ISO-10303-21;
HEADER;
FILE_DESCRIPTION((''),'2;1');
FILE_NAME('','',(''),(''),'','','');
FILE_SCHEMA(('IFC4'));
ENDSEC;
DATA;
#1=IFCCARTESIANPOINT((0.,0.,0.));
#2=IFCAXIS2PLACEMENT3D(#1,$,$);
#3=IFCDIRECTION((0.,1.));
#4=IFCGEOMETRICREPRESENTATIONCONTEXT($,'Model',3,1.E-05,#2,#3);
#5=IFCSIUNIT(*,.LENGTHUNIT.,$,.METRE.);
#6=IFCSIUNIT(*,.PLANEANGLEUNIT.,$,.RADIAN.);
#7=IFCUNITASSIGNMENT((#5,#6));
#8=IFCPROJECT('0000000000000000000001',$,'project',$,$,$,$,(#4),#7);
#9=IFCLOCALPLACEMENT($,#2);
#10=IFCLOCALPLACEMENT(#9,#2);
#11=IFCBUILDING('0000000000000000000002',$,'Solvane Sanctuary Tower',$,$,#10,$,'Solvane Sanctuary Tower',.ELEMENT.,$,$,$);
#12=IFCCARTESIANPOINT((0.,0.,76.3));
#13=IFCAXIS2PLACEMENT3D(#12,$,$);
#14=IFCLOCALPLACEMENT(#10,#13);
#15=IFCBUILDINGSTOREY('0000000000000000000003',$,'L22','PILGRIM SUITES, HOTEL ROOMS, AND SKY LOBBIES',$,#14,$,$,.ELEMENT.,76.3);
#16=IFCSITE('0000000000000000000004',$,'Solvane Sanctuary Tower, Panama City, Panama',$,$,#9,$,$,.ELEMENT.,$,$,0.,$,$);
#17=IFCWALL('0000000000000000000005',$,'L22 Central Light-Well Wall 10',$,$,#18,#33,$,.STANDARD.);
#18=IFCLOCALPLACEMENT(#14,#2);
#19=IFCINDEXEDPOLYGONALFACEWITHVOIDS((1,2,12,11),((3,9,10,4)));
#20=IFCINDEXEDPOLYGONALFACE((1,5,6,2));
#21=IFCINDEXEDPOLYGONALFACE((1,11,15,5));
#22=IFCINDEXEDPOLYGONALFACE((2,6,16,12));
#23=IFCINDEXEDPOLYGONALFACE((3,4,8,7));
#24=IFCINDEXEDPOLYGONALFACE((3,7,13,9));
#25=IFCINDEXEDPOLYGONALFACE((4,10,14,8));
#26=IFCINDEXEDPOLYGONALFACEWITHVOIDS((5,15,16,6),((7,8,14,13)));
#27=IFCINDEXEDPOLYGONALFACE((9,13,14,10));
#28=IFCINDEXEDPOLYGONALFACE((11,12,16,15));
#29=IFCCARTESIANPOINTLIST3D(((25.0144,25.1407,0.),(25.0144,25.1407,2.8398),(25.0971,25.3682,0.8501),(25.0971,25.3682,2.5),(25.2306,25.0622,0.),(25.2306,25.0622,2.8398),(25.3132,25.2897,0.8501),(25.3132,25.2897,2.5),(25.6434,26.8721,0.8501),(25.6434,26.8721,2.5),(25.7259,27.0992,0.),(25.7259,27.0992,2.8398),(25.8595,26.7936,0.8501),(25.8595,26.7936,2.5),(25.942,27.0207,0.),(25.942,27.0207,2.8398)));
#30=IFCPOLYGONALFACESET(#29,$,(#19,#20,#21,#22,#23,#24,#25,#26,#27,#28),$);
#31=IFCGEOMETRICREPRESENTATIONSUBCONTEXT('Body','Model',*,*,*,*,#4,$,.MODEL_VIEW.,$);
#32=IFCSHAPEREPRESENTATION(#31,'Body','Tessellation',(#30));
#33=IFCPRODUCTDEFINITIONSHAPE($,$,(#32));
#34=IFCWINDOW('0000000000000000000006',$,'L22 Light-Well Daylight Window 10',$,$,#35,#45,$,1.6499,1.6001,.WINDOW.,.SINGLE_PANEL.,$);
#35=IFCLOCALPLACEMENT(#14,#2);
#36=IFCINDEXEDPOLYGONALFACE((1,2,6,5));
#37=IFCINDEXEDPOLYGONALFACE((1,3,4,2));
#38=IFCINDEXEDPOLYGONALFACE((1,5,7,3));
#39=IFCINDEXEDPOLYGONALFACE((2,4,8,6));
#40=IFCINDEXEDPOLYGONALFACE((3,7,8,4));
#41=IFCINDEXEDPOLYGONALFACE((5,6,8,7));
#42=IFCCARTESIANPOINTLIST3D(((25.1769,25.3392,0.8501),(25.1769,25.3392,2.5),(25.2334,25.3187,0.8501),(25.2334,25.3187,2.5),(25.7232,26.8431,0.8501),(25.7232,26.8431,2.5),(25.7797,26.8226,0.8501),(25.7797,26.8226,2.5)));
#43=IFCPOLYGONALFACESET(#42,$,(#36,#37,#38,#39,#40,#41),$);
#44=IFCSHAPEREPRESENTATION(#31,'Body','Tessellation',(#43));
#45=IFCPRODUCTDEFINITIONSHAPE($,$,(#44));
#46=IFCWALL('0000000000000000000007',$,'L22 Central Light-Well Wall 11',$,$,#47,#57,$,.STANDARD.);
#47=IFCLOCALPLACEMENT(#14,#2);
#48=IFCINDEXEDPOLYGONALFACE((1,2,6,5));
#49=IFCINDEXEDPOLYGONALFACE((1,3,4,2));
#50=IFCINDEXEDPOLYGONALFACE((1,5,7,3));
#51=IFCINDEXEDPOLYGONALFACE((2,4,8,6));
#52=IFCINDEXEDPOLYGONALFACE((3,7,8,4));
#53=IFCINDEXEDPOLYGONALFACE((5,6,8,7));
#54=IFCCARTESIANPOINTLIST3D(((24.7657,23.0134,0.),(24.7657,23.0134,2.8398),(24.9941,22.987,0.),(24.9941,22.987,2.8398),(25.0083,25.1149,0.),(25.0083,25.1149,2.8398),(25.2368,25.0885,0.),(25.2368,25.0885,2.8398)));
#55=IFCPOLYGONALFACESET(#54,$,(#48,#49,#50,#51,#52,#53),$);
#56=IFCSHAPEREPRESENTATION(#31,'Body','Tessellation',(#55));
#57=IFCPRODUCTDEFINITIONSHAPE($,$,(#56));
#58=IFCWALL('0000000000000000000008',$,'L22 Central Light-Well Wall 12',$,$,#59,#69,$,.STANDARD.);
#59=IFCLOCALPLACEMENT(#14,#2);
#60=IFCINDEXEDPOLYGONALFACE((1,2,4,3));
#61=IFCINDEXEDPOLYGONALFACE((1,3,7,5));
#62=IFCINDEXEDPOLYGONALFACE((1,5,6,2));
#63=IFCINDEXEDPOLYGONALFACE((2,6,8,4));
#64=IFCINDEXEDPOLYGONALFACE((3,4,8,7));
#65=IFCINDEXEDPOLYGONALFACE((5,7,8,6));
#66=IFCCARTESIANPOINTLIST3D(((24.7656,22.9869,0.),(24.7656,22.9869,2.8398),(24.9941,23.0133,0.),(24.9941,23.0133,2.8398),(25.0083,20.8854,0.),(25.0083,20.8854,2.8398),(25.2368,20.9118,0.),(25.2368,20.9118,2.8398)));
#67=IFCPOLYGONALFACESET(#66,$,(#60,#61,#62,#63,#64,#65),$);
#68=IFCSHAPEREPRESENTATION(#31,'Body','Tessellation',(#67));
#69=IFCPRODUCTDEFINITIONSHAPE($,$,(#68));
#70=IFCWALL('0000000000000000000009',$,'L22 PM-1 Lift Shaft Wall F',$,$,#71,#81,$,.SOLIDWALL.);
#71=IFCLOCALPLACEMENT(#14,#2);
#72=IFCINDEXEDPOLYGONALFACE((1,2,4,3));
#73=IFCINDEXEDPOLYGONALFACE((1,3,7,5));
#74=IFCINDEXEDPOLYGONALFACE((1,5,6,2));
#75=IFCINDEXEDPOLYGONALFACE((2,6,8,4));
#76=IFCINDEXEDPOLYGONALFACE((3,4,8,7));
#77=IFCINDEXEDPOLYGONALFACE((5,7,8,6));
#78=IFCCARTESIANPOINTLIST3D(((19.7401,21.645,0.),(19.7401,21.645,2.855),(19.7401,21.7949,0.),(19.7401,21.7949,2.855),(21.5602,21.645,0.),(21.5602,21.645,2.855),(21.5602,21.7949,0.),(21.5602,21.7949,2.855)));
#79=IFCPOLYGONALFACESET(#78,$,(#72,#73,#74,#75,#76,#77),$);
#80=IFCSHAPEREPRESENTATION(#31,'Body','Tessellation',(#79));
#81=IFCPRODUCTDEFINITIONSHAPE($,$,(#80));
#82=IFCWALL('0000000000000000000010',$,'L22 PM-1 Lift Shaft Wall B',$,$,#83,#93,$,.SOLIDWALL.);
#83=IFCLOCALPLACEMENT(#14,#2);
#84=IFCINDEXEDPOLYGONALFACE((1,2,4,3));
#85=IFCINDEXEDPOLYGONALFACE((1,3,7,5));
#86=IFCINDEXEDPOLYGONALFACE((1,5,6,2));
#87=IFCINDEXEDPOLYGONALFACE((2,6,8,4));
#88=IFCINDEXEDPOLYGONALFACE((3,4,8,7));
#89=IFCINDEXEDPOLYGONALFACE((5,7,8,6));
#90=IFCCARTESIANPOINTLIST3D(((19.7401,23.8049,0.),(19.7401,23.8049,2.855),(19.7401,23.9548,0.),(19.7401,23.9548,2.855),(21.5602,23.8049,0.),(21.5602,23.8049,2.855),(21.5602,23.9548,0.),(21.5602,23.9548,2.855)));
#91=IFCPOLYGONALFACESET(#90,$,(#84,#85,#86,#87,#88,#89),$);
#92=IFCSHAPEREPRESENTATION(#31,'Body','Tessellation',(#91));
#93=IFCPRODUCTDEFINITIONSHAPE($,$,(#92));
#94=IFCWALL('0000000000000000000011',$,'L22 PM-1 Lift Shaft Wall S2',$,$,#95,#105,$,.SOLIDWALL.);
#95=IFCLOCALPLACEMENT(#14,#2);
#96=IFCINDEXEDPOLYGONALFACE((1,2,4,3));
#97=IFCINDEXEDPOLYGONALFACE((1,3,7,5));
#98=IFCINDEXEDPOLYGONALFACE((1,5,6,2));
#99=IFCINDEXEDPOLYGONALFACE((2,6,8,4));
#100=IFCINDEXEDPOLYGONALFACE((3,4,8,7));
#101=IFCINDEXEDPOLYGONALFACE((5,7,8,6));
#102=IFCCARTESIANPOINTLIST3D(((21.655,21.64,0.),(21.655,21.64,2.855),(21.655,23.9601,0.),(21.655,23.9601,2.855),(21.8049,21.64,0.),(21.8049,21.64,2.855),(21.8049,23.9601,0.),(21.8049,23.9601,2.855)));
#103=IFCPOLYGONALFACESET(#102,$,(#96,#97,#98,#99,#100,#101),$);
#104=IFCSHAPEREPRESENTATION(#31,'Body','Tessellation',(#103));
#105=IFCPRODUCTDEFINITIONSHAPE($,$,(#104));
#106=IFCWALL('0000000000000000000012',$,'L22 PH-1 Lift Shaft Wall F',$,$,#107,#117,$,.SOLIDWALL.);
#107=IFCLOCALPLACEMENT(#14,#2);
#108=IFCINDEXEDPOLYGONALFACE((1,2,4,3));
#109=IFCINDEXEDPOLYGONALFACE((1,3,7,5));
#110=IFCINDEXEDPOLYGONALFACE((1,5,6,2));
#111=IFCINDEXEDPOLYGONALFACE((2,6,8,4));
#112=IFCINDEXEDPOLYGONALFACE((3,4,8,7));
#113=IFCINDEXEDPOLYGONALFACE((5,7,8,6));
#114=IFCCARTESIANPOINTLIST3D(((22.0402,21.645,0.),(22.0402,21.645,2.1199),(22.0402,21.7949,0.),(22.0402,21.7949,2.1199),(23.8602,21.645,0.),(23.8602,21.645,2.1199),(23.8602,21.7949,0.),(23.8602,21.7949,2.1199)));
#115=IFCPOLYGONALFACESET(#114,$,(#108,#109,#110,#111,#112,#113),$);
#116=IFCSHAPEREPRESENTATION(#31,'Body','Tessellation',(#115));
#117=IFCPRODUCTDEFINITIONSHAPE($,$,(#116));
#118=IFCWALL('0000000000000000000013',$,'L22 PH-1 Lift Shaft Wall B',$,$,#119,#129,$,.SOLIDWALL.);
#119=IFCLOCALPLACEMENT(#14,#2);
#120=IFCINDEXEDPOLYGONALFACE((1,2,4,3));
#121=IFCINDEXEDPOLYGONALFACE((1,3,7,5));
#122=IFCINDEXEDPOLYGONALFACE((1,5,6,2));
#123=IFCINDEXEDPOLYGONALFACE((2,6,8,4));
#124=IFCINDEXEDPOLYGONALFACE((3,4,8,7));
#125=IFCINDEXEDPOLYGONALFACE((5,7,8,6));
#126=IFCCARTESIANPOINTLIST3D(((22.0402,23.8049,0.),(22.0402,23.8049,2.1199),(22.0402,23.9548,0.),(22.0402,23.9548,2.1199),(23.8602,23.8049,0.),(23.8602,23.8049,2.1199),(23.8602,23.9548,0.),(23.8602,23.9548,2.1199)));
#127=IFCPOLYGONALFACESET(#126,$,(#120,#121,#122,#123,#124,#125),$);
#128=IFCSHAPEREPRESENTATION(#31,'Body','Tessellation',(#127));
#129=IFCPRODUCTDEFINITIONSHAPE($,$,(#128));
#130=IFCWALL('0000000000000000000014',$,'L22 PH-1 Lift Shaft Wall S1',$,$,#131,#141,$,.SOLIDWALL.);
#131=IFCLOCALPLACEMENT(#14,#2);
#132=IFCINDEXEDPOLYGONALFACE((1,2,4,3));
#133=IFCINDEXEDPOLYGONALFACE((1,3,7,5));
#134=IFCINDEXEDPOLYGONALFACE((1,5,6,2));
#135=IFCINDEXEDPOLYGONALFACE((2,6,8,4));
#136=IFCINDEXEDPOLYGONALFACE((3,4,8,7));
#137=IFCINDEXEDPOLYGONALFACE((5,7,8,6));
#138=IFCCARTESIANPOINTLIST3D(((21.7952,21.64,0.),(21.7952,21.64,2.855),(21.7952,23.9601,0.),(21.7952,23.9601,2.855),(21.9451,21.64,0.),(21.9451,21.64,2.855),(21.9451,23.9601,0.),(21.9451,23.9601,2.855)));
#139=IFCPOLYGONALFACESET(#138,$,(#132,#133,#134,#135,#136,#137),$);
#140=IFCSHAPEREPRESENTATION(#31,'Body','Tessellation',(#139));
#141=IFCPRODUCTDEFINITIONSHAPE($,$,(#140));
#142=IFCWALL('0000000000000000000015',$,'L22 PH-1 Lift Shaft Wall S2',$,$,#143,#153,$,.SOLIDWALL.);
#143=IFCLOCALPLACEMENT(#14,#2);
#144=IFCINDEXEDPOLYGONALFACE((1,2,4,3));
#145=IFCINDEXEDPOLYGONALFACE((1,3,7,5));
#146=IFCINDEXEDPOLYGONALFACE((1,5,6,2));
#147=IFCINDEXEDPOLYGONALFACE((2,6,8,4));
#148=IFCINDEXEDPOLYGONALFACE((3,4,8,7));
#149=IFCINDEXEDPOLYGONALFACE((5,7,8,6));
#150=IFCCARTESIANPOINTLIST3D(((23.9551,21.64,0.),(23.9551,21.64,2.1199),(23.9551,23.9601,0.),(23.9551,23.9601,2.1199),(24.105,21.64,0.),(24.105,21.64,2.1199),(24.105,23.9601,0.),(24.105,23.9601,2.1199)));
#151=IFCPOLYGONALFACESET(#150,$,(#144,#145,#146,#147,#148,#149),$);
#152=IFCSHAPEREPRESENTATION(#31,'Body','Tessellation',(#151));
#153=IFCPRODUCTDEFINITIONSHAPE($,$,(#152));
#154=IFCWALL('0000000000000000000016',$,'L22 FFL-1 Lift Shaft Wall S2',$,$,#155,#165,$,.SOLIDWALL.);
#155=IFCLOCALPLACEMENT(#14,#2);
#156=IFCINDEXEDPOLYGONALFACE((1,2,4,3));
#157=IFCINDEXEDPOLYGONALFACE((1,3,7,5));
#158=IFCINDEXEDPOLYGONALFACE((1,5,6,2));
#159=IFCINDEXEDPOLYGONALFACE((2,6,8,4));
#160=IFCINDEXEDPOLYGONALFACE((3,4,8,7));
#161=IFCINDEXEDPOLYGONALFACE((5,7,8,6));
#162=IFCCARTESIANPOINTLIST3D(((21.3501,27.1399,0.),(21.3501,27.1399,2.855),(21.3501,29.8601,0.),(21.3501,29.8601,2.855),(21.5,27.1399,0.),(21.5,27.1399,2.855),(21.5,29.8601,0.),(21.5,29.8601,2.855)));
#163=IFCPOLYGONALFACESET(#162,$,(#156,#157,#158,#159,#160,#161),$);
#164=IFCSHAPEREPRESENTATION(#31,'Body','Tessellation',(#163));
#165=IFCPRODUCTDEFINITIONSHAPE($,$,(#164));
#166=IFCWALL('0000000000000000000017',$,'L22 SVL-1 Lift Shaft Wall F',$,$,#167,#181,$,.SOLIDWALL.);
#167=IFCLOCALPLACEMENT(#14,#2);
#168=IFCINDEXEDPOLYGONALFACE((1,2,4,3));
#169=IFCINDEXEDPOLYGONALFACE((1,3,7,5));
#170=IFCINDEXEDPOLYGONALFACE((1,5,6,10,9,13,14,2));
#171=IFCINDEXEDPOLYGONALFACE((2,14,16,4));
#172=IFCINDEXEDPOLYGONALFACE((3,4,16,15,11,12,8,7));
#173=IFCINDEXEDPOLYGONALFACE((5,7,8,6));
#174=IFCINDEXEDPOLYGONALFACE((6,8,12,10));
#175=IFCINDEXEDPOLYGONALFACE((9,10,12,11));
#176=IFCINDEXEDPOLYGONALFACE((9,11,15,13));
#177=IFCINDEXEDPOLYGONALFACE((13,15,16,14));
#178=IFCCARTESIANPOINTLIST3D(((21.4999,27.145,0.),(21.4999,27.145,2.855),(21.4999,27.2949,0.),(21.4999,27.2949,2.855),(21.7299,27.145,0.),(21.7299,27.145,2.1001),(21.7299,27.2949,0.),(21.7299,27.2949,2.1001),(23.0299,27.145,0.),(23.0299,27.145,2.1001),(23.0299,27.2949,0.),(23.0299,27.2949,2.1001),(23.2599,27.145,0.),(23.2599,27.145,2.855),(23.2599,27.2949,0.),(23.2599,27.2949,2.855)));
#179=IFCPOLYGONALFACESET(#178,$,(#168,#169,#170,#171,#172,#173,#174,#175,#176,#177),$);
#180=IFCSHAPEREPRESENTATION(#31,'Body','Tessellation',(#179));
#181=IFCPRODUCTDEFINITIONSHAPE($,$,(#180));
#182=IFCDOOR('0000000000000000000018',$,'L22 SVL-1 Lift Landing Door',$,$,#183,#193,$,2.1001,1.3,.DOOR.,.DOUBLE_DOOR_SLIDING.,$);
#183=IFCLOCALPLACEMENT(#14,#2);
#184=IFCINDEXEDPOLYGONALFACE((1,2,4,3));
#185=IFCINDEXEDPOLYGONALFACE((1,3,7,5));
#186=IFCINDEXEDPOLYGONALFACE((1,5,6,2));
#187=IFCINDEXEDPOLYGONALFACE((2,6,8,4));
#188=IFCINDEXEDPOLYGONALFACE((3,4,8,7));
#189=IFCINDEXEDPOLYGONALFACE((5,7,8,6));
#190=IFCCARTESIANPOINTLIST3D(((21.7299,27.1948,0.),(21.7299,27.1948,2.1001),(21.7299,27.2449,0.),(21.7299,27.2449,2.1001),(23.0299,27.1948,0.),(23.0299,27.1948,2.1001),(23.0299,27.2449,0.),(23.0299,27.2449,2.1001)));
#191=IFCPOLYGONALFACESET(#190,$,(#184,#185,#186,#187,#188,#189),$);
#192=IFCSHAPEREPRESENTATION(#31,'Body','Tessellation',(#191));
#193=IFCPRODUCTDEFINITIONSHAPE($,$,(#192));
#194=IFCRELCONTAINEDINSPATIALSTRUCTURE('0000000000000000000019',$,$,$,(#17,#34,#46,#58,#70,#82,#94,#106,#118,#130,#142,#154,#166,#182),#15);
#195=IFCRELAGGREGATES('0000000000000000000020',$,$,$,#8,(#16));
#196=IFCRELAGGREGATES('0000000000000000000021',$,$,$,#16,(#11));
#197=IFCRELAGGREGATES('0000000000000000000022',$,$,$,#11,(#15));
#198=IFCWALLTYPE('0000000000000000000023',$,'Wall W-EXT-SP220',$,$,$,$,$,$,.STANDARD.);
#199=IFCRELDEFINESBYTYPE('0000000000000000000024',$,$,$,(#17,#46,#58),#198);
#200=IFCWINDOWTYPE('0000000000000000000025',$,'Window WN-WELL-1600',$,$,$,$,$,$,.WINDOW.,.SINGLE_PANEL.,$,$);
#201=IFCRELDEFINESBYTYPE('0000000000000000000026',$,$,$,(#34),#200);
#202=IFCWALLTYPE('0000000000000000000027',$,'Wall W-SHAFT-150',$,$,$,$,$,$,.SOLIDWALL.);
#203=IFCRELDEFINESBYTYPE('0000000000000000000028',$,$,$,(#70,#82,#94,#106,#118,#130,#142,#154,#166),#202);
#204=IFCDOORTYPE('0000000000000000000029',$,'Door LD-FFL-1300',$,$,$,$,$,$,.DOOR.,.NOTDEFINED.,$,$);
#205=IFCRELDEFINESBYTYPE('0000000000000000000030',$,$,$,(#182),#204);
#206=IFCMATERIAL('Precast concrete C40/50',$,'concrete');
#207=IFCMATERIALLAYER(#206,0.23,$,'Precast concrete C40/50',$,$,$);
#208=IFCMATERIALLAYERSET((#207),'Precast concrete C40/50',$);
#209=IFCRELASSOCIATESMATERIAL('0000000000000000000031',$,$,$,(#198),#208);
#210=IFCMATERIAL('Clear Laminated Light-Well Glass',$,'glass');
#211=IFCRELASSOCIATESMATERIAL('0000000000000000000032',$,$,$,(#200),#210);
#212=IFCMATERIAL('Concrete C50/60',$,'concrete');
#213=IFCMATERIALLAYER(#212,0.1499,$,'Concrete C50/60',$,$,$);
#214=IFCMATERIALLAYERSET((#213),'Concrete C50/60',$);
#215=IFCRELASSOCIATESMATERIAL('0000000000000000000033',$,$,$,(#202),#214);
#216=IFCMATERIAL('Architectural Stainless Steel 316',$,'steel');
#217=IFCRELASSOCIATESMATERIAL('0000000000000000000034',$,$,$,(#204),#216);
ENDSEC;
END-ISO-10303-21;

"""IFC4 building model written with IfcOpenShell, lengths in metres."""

from ifc_helpers import new_model, si_unit, direction, frame, frame_2d, origin, place, context, subcontext, project, spatial, rectangle, extrude, material, layer, layer_set, type_object, element, fill, save


model = new_model("IFC4")

# Units and contexts
model_context = context("Model", 3, precision=1e-05, world=origin(), true_north=direction((0.0, 1.0)))
body_context = subcontext(model_context, "Body", "Model", "MODEL_VIEW")
ifc_project = project(units=[si_unit("LENGTHUNIT", "METRE"), si_unit("PLANEANGLEUNIT", "RADIAN")], contexts=[model_context])

# Site, building, storey
site_placement = place(None, origin())
site = spatial("IfcSite", under=ifc_project, at=site_placement, Name="Solvane Sanctuary Tower, Panama City, Panama", CompositionType="ELEMENT", RefElevation=0.0)
building_placement = place(site_placement, origin())
building = spatial("IfcBuilding", under=site, at=building_placement, Name="Solvane Sanctuary Tower", LongName="Solvane Sanctuary Tower", CompositionType="ELEMENT")
storey_placement = place(building_placement, frame((0.0, 0.0, 76.3)))
storey = spatial("IfcBuildingStorey", under=building, at=storey_placement, Name="L22", Description="PILGRIM SUITES, HOTEL ROOMS, AND SKY LOBBIES", CompositionType="ELEMENT", Elevation=76.3)

# Shared definitions
ifc_material_1 = material(Name="Architectural Stainless Steel 316", Category="steel")

# Shared definitions
ifc_material_2 = material(Name="Precast concrete C40/50", Category="concrete")
ifc_layer_1 = layer(ifc_material_2, 0.23, Name="Precast concrete C40/50")
ifc_layer_set_1 = layer_set([ifc_layer_1], Name="Precast concrete C40/50")
wall_type_1 = type_object("IfcWallType", Name="Wall W-EXT-SP220", PredefinedType="STANDARD", material=ifc_layer_set_1)

# Wall, opening, window
wall_1_placement = place(storey_placement, frame((25.834, 27.0601, 0.0), z_axis=(0.0, 0.0, 1.0), x_axis=(-0.341423, -0.93991, 0.0)))
wall_1 = element("IfcWall", 1, at=wall_1_placement, inside=storey, type_object=wall_type_1, Name="L22 Central Light-Well Wall 10", PredefinedType="STANDARD", context=body_context, shape_type="SweptSolid", body=[
    extrude(rectangle(XDim=2.0837, YDim=0.23, at=frame_2d((1.042, 0.0))), origin(), (0.0, 0.0, 1.0), 2.8398),
])
opening_1_placement = place(wall_1_placement, frame((0.2417, 0.0, 0.8501)))
opening_1 = element("IfcOpeningElement", 2, at=opening_1_placement, cuts=wall_1, PredefinedType="OPENING", context=body_context, shape_type="SweptSolid", body=[
    extrude(rectangle(XDim=1.6001, YDim=1.6499, at=frame_2d((0.8, 0.825))), frame((0.0, 0.125, 0.0), z_axis=(0.0, -1.0, 0.0), x_axis=(1.0, 0.0, 0.0)), (0.0, 0.0, 1.0), 0.25),
])
ifc_material_3 = material(Name="Clear Laminated Light-Well Glass", Category="glass")
window_type = type_object("IfcWindowType", Name="Window WN-WELL-1600", PartitioningType="SINGLE_PANEL", PredefinedType="WINDOW", material=ifc_material_3)
window_placement = place(opening_1_placement, origin())
window = element("IfcWindow", 3, at=window_placement, inside=storey, type_object=window_type, Name="L22 Light-Well Daylight Window 10", OverallHeight=1.6499, OverallWidth=1.6001, PartitioningType="SINGLE_PANEL", PredefinedType="WINDOW", context=body_context, shape_type="SweptSolid", body=[
    extrude(rectangle(XDim=1.6001, YDim=1.6499, at=frame_2d((0.8, 0.825))), frame((0.0, 0.03, 0.0), z_axis=(0.0, -1.0, 0.0), x_axis=(1.0, 0.0, 0.0)), (0.0, 0.0, 1.0), 0.0601),
])
fill(opening_1, window)

# Walls
for number, where, z_axis, x_axis, name in (
    (4, (25.1226, 25.1016, 0.0), (0.0, 0.0, 1.0), (-0.114712, -0.993399, 0.0), "L22 Central Light-Well Wall 11"),
    (5, (24.8799, 23.0, 0.0), (0.0, 0.0, 1.0), (0.114712, -0.993399, 0.0), "L22 Central Light-Well Wall 12"),
):
    element("IfcWall", number, at=place(storey_placement, frame(where, z_axis=z_axis, x_axis=x_axis)), inside=storey, type_object=wall_type_1, Name=name, PredefinedType="STANDARD", context=body_context, shape_type="SweptSolid", body=[
        extrude(rectangle(XDim=2.1155, YDim=0.23, at=frame_2d((1.0576, 0.0))), origin(), (0.0, 0.0, 1.0), 2.8398),
    ])
ifc_material_4 = material(Name="Concrete C50/60", Category="concrete")
ifc_layer_2 = layer(ifc_material_4, 0.1499, Name="Concrete C50/60")
ifc_layer_set_2 = layer_set([ifc_layer_2], Name="Concrete C50/60")
wall_type_2 = type_object("IfcWallType", Name="Wall W-SHAFT-150", PredefinedType="SOLIDWALL", material=ifc_layer_set_2)
for number, where, z_axis, x_axis, name in (
    (6, (19.74, 21.72, 0.0), (0.0, 0.0, 1.0), (1.0, 0.0, 0.0), "L22 PM-1 Lift Shaft Wall F"),
    (7, (19.74, 23.8799, 0.0), (0.0, 0.0, 1.0), (1.0, 0.0, 0.0), "L22 PM-1 Lift Shaft Wall B"),
):
    element("IfcWall", number, at=place(storey_placement, frame(where, z_axis=z_axis, x_axis=x_axis)), inside=storey, type_object=wall_type_2, Name=name, PredefinedType="SOLIDWALL", context=body_context, shape_type="SweptSolid", body=[
        extrude(rectangle(XDim=1.8201, YDim=0.1499, at=frame_2d((0.9102, 0.0))), origin(), (0.0, 0.0, 1.0), 2.855),
    ])
wall_2_placement = place(storey_placement, frame((21.73, 21.6399, 0.0), z_axis=(0.0, 0.0, 1.0), x_axis=(0.0, 1.0, 0.0)))
element("IfcWall", 8, at=wall_2_placement, inside=storey, type_object=wall_type_2, Name="L22 PM-1 Lift Shaft Wall S2", PredefinedType="SOLIDWALL", context=body_context, shape_type="SweptSolid", body=[
    extrude(rectangle(XDim=2.3201, YDim=0.1499, at=frame_2d((1.1602, 0.0))), origin(), (0.0, 0.0, 1.0), 2.855),
])
for number, where, z_axis, x_axis, name in (
    (9, (22.04, 21.72, 0.0), (0.0, 0.0, 1.0), (1.0, 0.0, 0.0), "L22 PH-1 Lift Shaft Wall F"),
    (10, (22.04, 23.8799, 0.0), (0.0, 0.0, 1.0), (1.0, 0.0, 0.0), "L22 PH-1 Lift Shaft Wall B"),
):
    element("IfcWall", number, at=place(storey_placement, frame(where, z_axis=z_axis, x_axis=x_axis)), inside=storey, type_object=wall_type_2, Name=name, PredefinedType="SOLIDWALL", context=body_context, shape_type="SweptSolid", body=[
        extrude(rectangle(XDim=1.8201, YDim=0.1499, at=frame_2d((0.9102, 0.0))), origin(), (0.0, 0.0, 1.0), 2.1199),
    ])
wall_3_placement = place(storey_placement, frame((21.8701, 21.6399, 0.0), z_axis=(0.0, 0.0, 1.0), x_axis=(0.0, 1.0, 0.0)))
element("IfcWall", 11, at=wall_3_placement, inside=storey, type_object=wall_type_2, Name="L22 PH-1 Lift Shaft Wall S1", PredefinedType="SOLIDWALL", context=body_context, shape_type="SweptSolid", body=[
    extrude(rectangle(XDim=2.3201, YDim=0.1499, at=frame_2d((1.1602, 0.0))), origin(), (0.0, 0.0, 1.0), 2.855),
])
wall_4_placement = place(storey_placement, frame((24.03, 21.6399, 0.0), z_axis=(0.0, 0.0, 1.0), x_axis=(0.0, 1.0, 0.0)))
element("IfcWall", 12, at=wall_4_placement, inside=storey, type_object=wall_type_2, Name="L22 PH-1 Lift Shaft Wall S2", PredefinedType="SOLIDWALL", context=body_context, shape_type="SweptSolid", body=[
    extrude(rectangle(XDim=2.3201, YDim=0.1499, at=frame_2d((1.1602, 0.0))), origin(), (0.0, 0.0, 1.0), 2.1199),
])
wall_5_placement = place(storey_placement, frame((21.425, 27.1399, 0.0), z_axis=(0.0, 0.0, 1.0), x_axis=(0.0, 1.0, 0.0)))
element("IfcWall", 13, at=wall_5_placement, inside=storey, type_object=wall_type_2, Name="L22 FFL-1 Lift Shaft Wall S2", PredefinedType="SOLIDWALL", context=body_context, shape_type="SweptSolid", body=[
    extrude(rectangle(XDim=2.7202, YDim=0.1499, at=frame_2d((1.3601, 0.0))), origin(), (0.0, 0.0, 1.0), 2.855),
])

# Wall, opening, door
wall_6_placement = place(storey_placement, frame((21.5, 27.22, 0.0), z_axis=(0.0, 0.0, 1.0), x_axis=(1.0, 0.0, 0.0)))
wall_6 = element("IfcWall", 14, at=wall_6_placement, inside=storey, type_object=wall_type_2, Name="L22 SVL-1 Lift Shaft Wall F", PredefinedType="SOLIDWALL", context=body_context, shape_type="SweptSolid", body=[
    extrude(rectangle(XDim=1.76, YDim=0.1499, at=frame_2d((0.8799, 0.0))), origin(), (0.0, 0.0, 1.0), 2.855),
])
opening_2_placement = place(wall_6_placement, frame((0.23, 0.0, 0.0)))
opening_2 = element("IfcOpeningElement", 15, at=opening_2_placement, cuts=wall_6, PredefinedType="OPENING", context=body_context, shape_type="SweptSolid", body=[
    extrude(rectangle(XDim=1.3, YDim=2.1001, at=frame_2d((0.6499, 1.05))), frame((0.0, 0.085, 0.0), z_axis=(0.0, -1.0, 0.0), x_axis=(1.0, 0.0, 0.0)), (0.0, 0.0, 1.0), 0.1699),
])
door_type_1 = type_object("IfcDoorType", Name="Door LD-FFL-1300", OperationType="NOTDEFINED", PredefinedType="DOOR", material=ifc_material_1)
door_1_placement = place(opening_2_placement, origin())
door_1 = element("IfcDoor", 16, at=door_1_placement, inside=storey, type_object=door_type_1, Name="L22 SVL-1 Lift Landing Door", OperationType="DOUBLE_DOOR_SLIDING", OverallHeight=2.1001, OverallWidth=1.3, PredefinedType="DOOR", context=body_context, shape_type="SweptSolid", body=[
    extrude(rectangle(XDim=1.3, YDim=2.1001, at=frame_2d((0.6499, 1.05))), frame((0.0, 0.0249, 0.0), z_axis=(0.0, -1.0, 0.0), x_axis=(1.0, 0.0, 0.0)), (0.0, 0.0, 1.0), 0.05),
])
fill(opening_2, door_1)

save(model, "model.ifc")
